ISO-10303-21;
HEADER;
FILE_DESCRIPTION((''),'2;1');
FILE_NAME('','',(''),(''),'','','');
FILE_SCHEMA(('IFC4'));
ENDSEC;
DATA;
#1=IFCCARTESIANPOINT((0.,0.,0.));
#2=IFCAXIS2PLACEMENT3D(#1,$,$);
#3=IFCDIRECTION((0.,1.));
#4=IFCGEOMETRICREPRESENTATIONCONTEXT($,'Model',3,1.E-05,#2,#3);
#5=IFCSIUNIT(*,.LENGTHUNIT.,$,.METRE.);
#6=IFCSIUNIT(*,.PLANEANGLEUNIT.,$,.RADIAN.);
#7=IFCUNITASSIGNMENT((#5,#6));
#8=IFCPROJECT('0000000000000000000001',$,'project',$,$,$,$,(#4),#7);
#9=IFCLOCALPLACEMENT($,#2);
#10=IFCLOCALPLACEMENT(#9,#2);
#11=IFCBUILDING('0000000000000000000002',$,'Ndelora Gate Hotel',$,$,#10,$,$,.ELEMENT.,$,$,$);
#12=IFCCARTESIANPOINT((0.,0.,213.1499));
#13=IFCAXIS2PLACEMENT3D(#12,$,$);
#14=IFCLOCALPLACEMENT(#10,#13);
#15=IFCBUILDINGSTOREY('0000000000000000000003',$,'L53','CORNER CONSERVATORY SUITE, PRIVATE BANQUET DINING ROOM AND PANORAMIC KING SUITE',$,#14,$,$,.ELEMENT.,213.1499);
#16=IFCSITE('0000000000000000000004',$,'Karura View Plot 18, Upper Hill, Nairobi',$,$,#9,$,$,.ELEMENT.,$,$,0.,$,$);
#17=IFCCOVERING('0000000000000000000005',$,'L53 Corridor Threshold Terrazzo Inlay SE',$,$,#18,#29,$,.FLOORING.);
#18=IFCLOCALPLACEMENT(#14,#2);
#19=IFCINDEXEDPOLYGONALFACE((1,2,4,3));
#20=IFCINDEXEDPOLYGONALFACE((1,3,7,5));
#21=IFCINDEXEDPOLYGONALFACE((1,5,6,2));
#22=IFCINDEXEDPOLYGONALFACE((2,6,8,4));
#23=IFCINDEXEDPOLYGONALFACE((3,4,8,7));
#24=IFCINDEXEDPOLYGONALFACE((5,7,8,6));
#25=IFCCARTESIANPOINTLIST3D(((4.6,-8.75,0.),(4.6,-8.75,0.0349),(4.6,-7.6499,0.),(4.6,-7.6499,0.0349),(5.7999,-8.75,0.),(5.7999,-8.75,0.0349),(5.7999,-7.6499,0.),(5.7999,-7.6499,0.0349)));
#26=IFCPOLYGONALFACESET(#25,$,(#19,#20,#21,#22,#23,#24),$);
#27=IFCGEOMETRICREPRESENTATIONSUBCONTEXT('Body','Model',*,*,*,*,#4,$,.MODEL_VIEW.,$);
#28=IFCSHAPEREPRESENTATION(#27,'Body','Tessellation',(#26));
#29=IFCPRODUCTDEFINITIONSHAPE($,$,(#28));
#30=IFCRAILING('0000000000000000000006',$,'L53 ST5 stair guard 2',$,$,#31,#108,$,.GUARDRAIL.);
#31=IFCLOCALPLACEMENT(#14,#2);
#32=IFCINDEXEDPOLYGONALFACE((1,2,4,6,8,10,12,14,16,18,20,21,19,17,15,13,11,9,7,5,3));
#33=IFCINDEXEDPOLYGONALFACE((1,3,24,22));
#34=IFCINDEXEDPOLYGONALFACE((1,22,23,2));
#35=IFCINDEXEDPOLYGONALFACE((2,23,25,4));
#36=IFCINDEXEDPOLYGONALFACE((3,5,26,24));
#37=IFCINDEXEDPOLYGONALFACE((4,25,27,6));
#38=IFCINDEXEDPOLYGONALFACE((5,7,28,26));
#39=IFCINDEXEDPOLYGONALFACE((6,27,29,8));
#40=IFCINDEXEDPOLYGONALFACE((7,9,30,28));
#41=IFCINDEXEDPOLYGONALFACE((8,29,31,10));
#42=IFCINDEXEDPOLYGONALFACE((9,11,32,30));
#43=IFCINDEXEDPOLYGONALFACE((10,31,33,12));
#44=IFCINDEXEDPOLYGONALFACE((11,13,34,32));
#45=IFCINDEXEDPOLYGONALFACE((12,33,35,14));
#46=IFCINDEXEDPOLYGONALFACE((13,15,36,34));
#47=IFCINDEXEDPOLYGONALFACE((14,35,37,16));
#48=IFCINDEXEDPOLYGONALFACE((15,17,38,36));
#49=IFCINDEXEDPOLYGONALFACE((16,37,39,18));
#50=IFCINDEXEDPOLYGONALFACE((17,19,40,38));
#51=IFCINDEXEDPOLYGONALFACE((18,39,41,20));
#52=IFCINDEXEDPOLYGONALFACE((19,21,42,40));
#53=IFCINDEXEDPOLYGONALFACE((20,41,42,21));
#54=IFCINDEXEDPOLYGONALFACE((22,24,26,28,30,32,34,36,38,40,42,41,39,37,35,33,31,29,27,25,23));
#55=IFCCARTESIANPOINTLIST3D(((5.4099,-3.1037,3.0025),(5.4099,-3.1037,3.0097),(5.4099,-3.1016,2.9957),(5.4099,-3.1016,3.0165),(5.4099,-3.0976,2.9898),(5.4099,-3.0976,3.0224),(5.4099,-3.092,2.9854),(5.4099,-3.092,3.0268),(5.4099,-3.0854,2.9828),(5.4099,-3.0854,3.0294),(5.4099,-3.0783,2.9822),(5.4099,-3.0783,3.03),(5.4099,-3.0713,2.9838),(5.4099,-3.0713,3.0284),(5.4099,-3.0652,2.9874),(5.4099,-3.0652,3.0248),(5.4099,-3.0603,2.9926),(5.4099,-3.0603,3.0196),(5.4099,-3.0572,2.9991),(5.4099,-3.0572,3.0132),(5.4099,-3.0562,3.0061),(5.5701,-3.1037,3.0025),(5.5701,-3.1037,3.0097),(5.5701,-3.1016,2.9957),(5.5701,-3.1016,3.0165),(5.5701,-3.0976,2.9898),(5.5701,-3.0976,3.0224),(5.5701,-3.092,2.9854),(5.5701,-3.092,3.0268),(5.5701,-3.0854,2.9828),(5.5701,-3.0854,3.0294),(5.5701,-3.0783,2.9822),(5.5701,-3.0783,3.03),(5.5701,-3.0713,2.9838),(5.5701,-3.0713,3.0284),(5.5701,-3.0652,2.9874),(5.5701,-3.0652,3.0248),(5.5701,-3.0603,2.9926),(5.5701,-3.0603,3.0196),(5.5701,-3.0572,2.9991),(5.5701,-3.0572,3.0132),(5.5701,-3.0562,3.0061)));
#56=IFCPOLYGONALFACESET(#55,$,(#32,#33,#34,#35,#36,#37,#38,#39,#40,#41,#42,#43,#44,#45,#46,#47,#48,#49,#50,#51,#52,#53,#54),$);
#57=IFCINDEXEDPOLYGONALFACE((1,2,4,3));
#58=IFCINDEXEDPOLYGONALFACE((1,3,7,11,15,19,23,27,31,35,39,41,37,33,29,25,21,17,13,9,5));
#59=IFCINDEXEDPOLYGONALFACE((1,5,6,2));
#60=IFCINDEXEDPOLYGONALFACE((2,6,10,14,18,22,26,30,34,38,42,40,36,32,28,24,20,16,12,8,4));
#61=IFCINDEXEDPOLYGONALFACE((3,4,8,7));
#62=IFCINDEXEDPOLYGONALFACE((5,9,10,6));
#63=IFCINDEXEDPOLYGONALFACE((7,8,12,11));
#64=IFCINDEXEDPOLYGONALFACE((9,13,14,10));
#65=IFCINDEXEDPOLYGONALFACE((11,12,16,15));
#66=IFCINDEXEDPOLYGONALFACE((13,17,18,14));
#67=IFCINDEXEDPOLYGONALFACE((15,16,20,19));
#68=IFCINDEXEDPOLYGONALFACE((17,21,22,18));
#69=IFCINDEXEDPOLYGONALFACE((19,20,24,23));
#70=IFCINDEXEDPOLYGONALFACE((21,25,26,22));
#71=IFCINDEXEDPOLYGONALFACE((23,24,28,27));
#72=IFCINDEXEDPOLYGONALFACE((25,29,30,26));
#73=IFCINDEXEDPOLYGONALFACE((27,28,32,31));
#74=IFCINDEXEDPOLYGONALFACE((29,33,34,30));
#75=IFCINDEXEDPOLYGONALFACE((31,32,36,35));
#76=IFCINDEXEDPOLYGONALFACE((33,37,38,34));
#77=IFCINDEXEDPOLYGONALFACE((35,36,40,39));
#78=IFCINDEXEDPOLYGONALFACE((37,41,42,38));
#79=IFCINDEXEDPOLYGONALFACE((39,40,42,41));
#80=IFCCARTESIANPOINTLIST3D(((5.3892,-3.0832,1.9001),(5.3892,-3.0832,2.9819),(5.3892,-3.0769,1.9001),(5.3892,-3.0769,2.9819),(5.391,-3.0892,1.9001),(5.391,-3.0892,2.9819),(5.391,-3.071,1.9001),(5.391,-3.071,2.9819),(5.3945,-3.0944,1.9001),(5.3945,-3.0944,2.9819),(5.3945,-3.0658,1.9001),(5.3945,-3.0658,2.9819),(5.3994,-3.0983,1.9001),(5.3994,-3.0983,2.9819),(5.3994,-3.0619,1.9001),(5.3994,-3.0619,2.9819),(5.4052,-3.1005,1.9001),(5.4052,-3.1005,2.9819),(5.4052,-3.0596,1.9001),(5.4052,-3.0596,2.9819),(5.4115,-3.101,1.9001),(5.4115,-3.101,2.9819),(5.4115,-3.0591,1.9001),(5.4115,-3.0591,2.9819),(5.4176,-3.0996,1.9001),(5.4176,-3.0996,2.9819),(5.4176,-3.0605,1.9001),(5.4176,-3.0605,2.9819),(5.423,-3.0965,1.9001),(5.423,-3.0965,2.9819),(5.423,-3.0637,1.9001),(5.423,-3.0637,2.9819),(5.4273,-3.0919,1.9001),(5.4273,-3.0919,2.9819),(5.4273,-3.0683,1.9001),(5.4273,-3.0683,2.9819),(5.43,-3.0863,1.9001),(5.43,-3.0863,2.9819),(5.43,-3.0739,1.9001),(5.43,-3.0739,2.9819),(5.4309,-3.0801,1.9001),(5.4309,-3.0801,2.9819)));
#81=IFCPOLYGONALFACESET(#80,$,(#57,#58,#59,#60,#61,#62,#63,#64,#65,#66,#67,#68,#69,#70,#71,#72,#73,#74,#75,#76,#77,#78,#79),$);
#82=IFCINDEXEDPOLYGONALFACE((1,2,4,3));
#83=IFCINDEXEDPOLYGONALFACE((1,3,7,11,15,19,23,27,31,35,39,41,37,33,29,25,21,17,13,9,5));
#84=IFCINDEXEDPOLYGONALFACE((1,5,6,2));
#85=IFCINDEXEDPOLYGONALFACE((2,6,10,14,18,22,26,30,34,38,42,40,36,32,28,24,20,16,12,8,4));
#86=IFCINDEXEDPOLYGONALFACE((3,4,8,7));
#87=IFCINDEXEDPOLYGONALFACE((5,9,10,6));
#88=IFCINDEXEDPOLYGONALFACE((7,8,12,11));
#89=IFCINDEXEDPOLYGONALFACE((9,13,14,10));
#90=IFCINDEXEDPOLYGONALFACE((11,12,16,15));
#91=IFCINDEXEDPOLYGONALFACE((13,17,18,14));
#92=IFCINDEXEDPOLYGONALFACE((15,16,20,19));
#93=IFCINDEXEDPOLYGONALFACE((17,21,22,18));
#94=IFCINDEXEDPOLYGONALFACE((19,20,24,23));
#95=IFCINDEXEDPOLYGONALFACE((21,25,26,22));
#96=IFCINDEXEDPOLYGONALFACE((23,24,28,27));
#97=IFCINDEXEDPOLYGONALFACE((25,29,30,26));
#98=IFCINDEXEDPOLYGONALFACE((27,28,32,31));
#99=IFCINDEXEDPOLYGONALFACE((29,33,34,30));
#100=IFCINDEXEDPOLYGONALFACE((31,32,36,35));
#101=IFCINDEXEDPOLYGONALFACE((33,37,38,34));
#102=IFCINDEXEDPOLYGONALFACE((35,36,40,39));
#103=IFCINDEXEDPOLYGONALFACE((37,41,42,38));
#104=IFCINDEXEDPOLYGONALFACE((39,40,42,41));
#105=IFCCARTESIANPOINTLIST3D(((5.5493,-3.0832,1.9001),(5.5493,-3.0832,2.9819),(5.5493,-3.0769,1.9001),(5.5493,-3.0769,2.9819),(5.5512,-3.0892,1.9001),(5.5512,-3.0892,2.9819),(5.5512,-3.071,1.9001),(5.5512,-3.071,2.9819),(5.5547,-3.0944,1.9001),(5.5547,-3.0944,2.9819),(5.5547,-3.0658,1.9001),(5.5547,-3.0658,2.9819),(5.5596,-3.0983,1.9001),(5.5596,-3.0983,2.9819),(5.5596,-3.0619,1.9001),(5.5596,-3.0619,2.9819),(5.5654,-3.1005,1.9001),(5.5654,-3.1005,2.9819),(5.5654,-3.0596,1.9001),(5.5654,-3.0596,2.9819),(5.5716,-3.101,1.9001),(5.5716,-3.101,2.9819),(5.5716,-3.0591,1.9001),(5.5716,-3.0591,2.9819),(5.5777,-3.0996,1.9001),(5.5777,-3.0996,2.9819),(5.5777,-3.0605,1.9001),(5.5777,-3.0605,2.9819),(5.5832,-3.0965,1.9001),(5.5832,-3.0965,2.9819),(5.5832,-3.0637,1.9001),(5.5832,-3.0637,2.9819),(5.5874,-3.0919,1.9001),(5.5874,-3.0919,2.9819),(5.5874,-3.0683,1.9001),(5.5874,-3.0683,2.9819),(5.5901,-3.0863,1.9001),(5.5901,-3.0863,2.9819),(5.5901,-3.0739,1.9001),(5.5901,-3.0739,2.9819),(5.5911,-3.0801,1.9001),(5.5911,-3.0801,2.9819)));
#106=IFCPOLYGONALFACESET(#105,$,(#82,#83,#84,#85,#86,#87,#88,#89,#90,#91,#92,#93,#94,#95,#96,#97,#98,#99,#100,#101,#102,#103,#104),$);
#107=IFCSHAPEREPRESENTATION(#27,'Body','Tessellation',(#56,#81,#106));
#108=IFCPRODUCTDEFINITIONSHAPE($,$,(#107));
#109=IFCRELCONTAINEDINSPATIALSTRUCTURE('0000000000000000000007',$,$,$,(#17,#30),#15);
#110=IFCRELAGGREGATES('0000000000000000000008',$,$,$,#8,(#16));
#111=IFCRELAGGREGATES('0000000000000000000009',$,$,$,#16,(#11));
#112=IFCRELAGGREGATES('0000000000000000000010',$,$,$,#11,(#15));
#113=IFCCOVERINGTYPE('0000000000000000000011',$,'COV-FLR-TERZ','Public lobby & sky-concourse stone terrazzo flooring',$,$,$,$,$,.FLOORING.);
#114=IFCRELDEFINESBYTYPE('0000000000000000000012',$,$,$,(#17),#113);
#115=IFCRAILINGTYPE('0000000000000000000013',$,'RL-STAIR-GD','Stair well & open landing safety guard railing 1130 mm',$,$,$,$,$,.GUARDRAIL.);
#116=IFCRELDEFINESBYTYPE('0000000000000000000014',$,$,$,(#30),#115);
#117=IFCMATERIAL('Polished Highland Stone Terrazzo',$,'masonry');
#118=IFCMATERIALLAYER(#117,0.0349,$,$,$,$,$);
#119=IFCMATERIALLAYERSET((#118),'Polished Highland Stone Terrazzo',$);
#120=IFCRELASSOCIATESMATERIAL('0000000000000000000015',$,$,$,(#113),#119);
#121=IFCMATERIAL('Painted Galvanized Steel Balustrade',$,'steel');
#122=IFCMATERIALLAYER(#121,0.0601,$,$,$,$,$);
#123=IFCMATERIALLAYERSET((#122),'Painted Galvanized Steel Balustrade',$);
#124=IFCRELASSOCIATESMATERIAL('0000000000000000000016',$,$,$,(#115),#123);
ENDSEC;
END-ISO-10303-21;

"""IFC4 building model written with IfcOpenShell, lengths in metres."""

from ifc_helpers import new_model, si_unit, direction, frame, origin, origin_2d, place, context, subcontext, project, spatial, rectangle, circle, extrude, material, layer, layer_set, type_object, element, save


model = new_model("IFC4")

# Units and contexts
model_context = context("Model", 3, precision=1e-05, world=origin(), true_north=direction((0.0, 1.0)))
body_context = subcontext(model_context, "Body", "Model", "MODEL_VIEW")
ifc_project = project(units=[si_unit("LENGTHUNIT", "METRE"), si_unit("PLANEANGLEUNIT", "RADIAN")], contexts=[model_context])

# Site, building, storey
site_placement = place(None, origin())
site = spatial("IfcSite", under=ifc_project, at=site_placement, Name="Karura View Plot 18, Upper Hill, Nairobi", CompositionType="ELEMENT", RefElevation=0.0)
building_placement = place(site_placement, origin())
building = spatial("IfcBuilding", under=site, at=building_placement, Name="Ndelora Gate Hotel", CompositionType="ELEMENT")
storey_placement = place(building_placement, frame((0.0, 0.0, 213.1499)))
storey = spatial("IfcBuildingStorey", under=building, at=storey_placement, Name="L53", Description="CORNER CONSERVATORY SUITE, PRIVATE BANQUET DINING ROOM AND PANORAMIC KING SUITE", CompositionType="ELEMENT", Elevation=213.1499)

# Covering
ifc_material_1 = material(Name="Polished Highland Stone Terrazzo", Category="masonry")
ifc_layer_1 = layer(ifc_material_1, 0.0349)
ifc_layer_set_1 = layer_set([ifc_layer_1], Name="Polished Highland Stone Terrazzo")
covering_type = type_object("IfcCoveringType", Name="COV-FLR-TERZ", Description="Public lobby & sky-concourse stone terrazzo flooring", PredefinedType="FLOORING", material=ifc_layer_set_1)
covering_placement = place(storey_placement, frame((5.2, -8.2, 0.0), z_axis=(0.0, 0.0, 1.0), x_axis=(1.0, 0.0, 0.0)))
element("IfcCovering", 1, at=covering_placement, inside=storey, type_object=covering_type, Name="L53 Corridor Threshold Terrazzo Inlay SE", PredefinedType="FLOORING", context=body_context, shape_type="SweptSolid", body=[
    extrude(rectangle(XDim=1.2, YDim=1.1001, at=origin_2d()), origin(), (0.0, 0.0, 1.0), 0.0349),
])

# Railing
ifc_material_2 = material(Name="Painted Galvanized Steel Balustrade", Category="steel")
ifc_layer_2 = layer(ifc_material_2, 0.0601)
ifc_layer_set_2 = layer_set([ifc_layer_2], Name="Painted Galvanized Steel Balustrade")
railing_type = type_object("IfcRailingType", Name="RL-STAIR-GD", Description="Stair well & open landing safety guard railing 1130 mm", PredefinedType="GUARDRAIL", material=ifc_layer_set_2)
railing_1_placement = place(storey_placement, frame((5.4099, -3.0801, 1.9001)))
element("IfcRailing", 2, at=railing_1_placement, inside=storey, type_object=railing_type, Name="L53 ST5 stair guard 2", PredefinedType="GUARDRAIL", context=body_context, shape_type="SweptSolid", body=[
    extrude(circle(Radius=0.0239, at=origin_2d()), frame((0.0, 0.0, 1.106), z_axis=(1.0, 0.0, 0.0), x_axis=(0.0, 1.0, 0.0)), (0.0, 0.0, 1.0), 0.1602),
    extrude(circle(Radius=0.021, at=origin_2d()), origin(), (0.0, 0.0, 1.0), 1.0818),
    extrude(circle(Radius=0.021, at=origin_2d()), frame((0.1602, 0.0, 0.0)), (0.0, 0.0, 1.0), 1.0818),
])

save(model, "model.ifc")
